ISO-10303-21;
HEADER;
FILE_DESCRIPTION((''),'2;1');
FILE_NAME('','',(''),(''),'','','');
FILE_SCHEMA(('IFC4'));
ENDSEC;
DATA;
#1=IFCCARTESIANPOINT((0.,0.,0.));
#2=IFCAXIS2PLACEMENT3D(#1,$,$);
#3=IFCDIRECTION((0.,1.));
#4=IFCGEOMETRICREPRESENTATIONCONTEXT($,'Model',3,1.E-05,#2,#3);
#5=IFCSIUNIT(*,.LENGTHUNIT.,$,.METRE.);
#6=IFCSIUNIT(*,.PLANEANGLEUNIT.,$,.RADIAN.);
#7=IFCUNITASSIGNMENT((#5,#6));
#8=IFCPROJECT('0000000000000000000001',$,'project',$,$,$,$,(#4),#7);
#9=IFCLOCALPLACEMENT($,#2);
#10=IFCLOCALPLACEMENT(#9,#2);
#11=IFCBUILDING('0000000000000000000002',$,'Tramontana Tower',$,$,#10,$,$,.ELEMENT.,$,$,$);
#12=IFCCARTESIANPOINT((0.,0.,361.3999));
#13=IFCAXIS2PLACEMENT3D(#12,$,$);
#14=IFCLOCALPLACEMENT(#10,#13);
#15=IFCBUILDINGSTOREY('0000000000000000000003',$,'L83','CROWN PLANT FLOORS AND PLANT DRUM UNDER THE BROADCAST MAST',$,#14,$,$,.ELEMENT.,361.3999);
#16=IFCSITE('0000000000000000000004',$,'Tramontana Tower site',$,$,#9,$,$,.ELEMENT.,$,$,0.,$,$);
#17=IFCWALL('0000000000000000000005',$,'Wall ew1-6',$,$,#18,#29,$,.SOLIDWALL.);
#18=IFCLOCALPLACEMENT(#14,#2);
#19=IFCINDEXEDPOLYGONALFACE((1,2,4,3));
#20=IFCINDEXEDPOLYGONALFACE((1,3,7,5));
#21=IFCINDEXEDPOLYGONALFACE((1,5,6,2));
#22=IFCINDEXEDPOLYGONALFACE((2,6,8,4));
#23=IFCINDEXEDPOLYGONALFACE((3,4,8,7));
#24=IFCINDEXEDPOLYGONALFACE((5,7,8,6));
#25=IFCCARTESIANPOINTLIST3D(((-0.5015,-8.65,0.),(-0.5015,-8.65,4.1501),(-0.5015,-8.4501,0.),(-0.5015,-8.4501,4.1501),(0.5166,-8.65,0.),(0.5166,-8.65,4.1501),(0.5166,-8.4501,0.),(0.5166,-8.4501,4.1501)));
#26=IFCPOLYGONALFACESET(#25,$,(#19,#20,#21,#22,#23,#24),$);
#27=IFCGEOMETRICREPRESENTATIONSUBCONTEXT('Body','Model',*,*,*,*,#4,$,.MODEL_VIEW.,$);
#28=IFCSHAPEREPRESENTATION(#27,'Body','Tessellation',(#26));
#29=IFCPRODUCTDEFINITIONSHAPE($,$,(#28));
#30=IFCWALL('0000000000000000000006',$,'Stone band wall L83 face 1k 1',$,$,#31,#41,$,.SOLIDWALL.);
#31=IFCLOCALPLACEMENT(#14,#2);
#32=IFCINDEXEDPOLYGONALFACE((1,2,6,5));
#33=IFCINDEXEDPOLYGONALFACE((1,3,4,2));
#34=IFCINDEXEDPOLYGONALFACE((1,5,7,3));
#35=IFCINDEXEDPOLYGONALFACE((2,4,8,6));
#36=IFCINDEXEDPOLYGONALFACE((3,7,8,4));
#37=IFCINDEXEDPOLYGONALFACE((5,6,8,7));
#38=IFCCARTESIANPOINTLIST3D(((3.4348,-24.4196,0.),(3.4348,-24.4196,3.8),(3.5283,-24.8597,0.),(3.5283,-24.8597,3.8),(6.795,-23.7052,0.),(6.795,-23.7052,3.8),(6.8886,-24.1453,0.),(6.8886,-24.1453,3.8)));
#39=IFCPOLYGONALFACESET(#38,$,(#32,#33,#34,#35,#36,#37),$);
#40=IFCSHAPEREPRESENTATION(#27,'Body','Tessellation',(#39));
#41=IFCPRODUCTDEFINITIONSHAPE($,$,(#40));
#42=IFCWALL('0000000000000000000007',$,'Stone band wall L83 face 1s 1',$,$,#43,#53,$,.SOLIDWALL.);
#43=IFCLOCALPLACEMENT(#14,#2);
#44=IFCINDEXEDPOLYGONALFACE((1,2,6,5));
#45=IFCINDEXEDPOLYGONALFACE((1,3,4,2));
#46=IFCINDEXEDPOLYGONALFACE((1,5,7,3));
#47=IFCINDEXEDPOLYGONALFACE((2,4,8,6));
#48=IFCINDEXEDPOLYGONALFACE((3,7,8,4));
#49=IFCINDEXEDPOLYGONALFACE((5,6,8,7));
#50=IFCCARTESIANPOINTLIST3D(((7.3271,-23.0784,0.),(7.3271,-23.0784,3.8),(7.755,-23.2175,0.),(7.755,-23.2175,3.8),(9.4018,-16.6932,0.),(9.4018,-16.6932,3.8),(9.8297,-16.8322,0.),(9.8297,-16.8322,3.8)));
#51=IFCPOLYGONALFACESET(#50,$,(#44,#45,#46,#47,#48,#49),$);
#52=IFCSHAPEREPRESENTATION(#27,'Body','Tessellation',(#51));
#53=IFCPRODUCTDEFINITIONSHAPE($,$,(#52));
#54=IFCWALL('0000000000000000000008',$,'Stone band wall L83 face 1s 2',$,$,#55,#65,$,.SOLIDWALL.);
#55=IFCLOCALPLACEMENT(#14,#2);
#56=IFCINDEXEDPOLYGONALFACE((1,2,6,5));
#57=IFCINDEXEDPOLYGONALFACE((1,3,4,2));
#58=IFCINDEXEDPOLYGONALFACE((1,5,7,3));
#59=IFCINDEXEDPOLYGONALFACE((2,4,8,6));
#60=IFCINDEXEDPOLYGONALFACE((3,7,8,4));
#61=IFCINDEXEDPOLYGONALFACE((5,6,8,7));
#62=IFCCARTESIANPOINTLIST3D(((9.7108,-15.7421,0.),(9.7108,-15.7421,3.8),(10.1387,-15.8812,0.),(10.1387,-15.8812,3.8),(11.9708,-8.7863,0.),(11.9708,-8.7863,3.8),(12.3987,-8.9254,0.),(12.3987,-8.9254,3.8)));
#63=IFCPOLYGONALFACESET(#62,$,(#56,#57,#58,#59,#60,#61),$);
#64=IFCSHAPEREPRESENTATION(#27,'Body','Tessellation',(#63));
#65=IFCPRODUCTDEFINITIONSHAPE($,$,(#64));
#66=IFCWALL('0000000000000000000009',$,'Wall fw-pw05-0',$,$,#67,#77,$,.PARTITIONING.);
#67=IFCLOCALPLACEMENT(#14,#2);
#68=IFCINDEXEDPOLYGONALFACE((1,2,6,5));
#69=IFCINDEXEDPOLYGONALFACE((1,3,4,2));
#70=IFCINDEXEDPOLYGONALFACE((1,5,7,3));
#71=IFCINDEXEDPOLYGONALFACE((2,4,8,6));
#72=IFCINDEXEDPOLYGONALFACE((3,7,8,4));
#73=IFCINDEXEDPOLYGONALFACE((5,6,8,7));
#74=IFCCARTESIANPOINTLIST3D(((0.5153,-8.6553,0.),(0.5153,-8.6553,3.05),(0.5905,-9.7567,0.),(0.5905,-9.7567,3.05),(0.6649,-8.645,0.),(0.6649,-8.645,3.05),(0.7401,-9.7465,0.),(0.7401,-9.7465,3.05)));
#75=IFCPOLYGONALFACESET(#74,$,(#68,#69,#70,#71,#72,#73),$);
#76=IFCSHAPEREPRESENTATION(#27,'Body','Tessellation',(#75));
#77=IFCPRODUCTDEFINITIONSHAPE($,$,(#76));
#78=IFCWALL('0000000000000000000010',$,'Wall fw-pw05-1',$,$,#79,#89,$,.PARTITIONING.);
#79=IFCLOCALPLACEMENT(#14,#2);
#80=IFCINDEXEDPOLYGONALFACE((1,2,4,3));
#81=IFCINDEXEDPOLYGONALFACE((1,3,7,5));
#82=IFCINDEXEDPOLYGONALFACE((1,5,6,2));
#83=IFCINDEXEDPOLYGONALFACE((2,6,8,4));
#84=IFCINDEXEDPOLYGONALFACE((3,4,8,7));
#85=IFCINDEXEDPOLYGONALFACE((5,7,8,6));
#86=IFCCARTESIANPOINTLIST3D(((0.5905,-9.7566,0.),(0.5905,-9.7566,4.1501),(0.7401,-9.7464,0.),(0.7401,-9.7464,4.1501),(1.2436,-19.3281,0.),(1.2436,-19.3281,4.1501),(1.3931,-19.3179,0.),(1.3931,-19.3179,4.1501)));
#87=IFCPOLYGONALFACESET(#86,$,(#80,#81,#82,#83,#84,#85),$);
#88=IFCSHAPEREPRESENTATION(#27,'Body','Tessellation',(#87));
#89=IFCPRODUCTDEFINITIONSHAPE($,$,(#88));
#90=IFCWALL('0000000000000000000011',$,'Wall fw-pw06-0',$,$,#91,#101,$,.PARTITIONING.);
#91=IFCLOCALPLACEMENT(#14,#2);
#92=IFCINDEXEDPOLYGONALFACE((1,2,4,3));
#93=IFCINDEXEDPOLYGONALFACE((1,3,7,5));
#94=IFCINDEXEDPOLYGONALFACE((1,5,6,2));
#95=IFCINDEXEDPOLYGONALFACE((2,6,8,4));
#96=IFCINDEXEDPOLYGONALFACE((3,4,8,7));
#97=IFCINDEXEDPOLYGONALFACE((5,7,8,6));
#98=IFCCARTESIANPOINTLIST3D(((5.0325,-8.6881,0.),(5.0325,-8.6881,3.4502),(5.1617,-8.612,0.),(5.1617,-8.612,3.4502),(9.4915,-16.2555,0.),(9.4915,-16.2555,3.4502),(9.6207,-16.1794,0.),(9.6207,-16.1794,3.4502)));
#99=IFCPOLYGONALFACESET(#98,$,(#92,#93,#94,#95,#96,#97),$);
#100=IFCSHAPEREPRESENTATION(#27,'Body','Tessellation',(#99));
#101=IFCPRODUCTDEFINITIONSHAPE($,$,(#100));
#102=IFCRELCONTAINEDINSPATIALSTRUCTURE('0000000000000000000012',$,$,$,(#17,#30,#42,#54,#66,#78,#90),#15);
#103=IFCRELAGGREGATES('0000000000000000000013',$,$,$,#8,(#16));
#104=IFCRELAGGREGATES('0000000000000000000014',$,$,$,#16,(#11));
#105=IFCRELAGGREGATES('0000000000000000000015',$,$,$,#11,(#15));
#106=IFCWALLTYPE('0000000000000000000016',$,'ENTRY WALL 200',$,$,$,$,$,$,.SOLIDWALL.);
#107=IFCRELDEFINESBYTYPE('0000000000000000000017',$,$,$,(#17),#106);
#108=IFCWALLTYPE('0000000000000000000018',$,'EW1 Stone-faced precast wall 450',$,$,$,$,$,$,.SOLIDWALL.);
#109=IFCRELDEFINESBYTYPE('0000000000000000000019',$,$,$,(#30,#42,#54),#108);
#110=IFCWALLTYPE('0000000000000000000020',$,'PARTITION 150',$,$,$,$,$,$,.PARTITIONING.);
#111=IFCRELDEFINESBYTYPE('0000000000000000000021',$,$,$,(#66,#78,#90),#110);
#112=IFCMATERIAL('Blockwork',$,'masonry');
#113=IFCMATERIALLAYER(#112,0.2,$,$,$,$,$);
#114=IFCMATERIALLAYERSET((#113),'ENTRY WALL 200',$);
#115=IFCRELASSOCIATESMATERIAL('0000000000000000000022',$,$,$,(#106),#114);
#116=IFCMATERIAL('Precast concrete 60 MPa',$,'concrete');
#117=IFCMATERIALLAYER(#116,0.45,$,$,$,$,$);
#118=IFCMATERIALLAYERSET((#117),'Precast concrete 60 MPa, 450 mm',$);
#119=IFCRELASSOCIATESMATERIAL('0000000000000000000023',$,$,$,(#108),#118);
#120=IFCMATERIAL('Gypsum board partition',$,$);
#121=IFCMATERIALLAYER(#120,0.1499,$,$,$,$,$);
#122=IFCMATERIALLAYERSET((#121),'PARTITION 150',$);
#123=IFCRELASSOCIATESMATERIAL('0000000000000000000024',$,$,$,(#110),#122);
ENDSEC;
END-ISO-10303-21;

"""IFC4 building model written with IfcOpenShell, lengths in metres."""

from ifc_helpers import new_model, si_unit, direction, frame, frame_2d, origin, place, context, subcontext, project, spatial, rectangle, extrude, material, layer, layer_set, type_object, element, save


model = new_model("IFC4")

# Units and contexts
model_context = context("Model", 3, precision=1e-05, world=origin(), true_north=direction((0.0, 1.0)))
body_context = subcontext(model_context, "Body", "Model", "MODEL_VIEW")
ifc_project = project(units=[si_unit("LENGTHUNIT", "METRE"), si_unit("PLANEANGLEUNIT", "RADIAN")], contexts=[model_context])

# Site, building, storey
site_placement = place(None, origin())
site = spatial("IfcSite", under=ifc_project, at=site_placement, Name="Tramontana Tower site", CompositionType="ELEMENT", RefElevation=0.0)
building_placement = place(site_placement, origin())
building = spatial("IfcBuilding", under=site, at=building_placement, Name="Tramontana Tower", CompositionType="ELEMENT")
storey_placement = place(building_placement, frame((0.0, 0.0, 361.3999)))
storey = spatial("IfcBuildingStorey", under=building, at=storey_placement, Name="L83", Description="CROWN PLANT FLOORS AND PLANT DRUM UNDER THE BROADCAST MAST", CompositionType="ELEMENT", Elevation=361.3999)

# Shared definitions
ifc_material_1 = material(Name="Blockwork", Category="masonry")
ifc_layer_1 = layer(ifc_material_1, 0.2)
ifc_layer_set_1 = layer_set([ifc_layer_1], Name="ENTRY WALL 200")
wall_type_1 = type_object("IfcWallType", Name="ENTRY WALL 200", PredefinedType="SOLIDWALL", material=ifc_layer_set_1)

# Walls
wall_1_placement = place(storey_placement, frame((0.5166, -8.55, 0.0), z_axis=(0.0, 0.0, 1.0), x_axis=(-1.0, 0.0, 0.0)))
element("IfcWall", 1, at=wall_1_placement, inside=storey, type_object=wall_type_1, Name="Wall ew1-6", PredefinedType="SOLIDWALL", context=body_context, shape_type="SweptSolid", body=[
    extrude(rectangle(XDim=1.0181, YDim=0.2, at=frame_2d((0.509, 0.0))), origin(), (0.0, 0.0, 1.0), 4.1501),
])
ifc_material_2 = material(Name="Precast concrete 60 MPa", Category="concrete")
ifc_layer_2 = layer(ifc_material_2, 0.45)
ifc_layer_set_2 = layer_set([ifc_layer_2], Name="Precast concrete 60 MPa, 450 mm")
wall_type_2 = type_object("IfcWallType", Name="EW1 Stone-faced precast wall 450", PredefinedType="SOLIDWALL", material=ifc_layer_set_2)
wall_2_placement = place(storey_placement, frame((3.4814, -24.6396, 0.0), z_axis=(0.0, 0.0, 1.0), x_axis=(0.978139, 0.207951, 0.0)))
element("IfcWall", 2, at=wall_2_placement, inside=storey, type_object=wall_type_2, Name="Stone band wall L83 face 1k 1", PredefinedType="SOLIDWALL", context=body_context, shape_type="SweptSolid", body=[
    extrude(rectangle(XDim=3.4353, YDim=0.45, at=frame_2d((1.7178, 0.0))), origin(), (0.0, 0.0, 1.0), 3.8),
])
wall_3_placement = place(storey_placement, frame((7.541, -23.1479, 0.0), z_axis=(0.0, 0.0, 1.0), x_axis=(0.309019, 0.951056, 0.0)))
element("IfcWall", 3, at=wall_3_placement, inside=storey, type_object=wall_type_2, Name="Stone band wall L83 face 1s 1", PredefinedType="SOLIDWALL", context=body_context, shape_type="SweptSolid", body=[
    extrude(rectangle(XDim=6.7139, YDim=0.45, at=frame_2d((3.3569, 0.0))), origin(), (0.0, 0.0, 1.0), 3.8),
])
wall_4_placement = place(storey_placement, frame((9.9248, -15.8115, 0.0), z_axis=(0.0, 0.0, 1.0), x_axis=(0.309008, 0.951059, 0.0)))
element("IfcWall", 4, at=wall_4_placement, inside=storey, type_object=wall_type_2, Name="Stone band wall L83 face 1s 2", PredefinedType="SOLIDWALL", context=body_context, shape_type="SweptSolid", body=[
    extrude(rectangle(XDim=7.3137, YDim=0.45, at=frame_2d((3.6567, 0.0))), origin(), (0.0, 0.0, 1.0), 3.8),
])
ifc_material_3 = material(Name="Gypsum board partition")
ifc_layer_3 = layer(ifc_material_3, 0.1499)
ifc_layer_set_3 = layer_set([ifc_layer_3], Name="PARTITION 150")
wall_type_3 = type_object("IfcWallType", Name="PARTITION 150", PredefinedType="PARTITIONING", material=ifc_layer_set_3)
wall_5_placement = place(storey_placement, frame((0.5901, -8.6501, 0.0), z_axis=(0.0, 0.0, 1.0), x_axis=(0.068119, -0.997677, 0.0)))
element("IfcWall", 5, at=wall_5_placement, inside=storey, type_object=wall_type_3, Name="Wall fw-pw05-0", PredefinedType="PARTITIONING", context=body_context, shape_type="SweptSolid", body=[
    extrude(rectangle(XDim=1.104, YDim=0.1499, at=frame_2d((0.552, 0.0))), origin(), (0.0, 0.0, 1.0), 3.05),
])
wall_6_placement = place(storey_placement, frame((0.6653, -9.7515, 0.0), z_axis=(0.0, 0.0, 1.0), x_axis=(0.068073, -0.99768, 0.0)))
element("IfcWall", 6, at=wall_6_placement, inside=storey, type_object=wall_type_3, Name="Wall fw-pw05-1", PredefinedType="PARTITIONING", context=body_context, shape_type="SweptSolid", body=[
    extrude(rectangle(XDim=9.5938, YDim=0.1499, at=frame_2d((4.7969, 0.0))), origin(), (0.0, 0.0, 1.0), 4.1501),
])
wall_7_placement = place(storey_placement, frame((5.0972, -8.6501, 0.0), z_axis=(0.0, 0.0, 1.0), x_axis=(0.507661, -0.861557, 0.0)))
element("IfcWall", 7, at=wall_7_placement, inside=storey, type_object=wall_type_3, Name="Wall fw-pw06-0", PredefinedType="PARTITIONING", context=body_context, shape_type="SweptSolid", body=[
    extrude(rectangle(XDim=8.7834, YDim=0.1499, at=frame_2d((4.3916, 0.0))), origin(), (0.0, 0.0, 1.0), 3.4502),
])

save(model, "model.ifc")
